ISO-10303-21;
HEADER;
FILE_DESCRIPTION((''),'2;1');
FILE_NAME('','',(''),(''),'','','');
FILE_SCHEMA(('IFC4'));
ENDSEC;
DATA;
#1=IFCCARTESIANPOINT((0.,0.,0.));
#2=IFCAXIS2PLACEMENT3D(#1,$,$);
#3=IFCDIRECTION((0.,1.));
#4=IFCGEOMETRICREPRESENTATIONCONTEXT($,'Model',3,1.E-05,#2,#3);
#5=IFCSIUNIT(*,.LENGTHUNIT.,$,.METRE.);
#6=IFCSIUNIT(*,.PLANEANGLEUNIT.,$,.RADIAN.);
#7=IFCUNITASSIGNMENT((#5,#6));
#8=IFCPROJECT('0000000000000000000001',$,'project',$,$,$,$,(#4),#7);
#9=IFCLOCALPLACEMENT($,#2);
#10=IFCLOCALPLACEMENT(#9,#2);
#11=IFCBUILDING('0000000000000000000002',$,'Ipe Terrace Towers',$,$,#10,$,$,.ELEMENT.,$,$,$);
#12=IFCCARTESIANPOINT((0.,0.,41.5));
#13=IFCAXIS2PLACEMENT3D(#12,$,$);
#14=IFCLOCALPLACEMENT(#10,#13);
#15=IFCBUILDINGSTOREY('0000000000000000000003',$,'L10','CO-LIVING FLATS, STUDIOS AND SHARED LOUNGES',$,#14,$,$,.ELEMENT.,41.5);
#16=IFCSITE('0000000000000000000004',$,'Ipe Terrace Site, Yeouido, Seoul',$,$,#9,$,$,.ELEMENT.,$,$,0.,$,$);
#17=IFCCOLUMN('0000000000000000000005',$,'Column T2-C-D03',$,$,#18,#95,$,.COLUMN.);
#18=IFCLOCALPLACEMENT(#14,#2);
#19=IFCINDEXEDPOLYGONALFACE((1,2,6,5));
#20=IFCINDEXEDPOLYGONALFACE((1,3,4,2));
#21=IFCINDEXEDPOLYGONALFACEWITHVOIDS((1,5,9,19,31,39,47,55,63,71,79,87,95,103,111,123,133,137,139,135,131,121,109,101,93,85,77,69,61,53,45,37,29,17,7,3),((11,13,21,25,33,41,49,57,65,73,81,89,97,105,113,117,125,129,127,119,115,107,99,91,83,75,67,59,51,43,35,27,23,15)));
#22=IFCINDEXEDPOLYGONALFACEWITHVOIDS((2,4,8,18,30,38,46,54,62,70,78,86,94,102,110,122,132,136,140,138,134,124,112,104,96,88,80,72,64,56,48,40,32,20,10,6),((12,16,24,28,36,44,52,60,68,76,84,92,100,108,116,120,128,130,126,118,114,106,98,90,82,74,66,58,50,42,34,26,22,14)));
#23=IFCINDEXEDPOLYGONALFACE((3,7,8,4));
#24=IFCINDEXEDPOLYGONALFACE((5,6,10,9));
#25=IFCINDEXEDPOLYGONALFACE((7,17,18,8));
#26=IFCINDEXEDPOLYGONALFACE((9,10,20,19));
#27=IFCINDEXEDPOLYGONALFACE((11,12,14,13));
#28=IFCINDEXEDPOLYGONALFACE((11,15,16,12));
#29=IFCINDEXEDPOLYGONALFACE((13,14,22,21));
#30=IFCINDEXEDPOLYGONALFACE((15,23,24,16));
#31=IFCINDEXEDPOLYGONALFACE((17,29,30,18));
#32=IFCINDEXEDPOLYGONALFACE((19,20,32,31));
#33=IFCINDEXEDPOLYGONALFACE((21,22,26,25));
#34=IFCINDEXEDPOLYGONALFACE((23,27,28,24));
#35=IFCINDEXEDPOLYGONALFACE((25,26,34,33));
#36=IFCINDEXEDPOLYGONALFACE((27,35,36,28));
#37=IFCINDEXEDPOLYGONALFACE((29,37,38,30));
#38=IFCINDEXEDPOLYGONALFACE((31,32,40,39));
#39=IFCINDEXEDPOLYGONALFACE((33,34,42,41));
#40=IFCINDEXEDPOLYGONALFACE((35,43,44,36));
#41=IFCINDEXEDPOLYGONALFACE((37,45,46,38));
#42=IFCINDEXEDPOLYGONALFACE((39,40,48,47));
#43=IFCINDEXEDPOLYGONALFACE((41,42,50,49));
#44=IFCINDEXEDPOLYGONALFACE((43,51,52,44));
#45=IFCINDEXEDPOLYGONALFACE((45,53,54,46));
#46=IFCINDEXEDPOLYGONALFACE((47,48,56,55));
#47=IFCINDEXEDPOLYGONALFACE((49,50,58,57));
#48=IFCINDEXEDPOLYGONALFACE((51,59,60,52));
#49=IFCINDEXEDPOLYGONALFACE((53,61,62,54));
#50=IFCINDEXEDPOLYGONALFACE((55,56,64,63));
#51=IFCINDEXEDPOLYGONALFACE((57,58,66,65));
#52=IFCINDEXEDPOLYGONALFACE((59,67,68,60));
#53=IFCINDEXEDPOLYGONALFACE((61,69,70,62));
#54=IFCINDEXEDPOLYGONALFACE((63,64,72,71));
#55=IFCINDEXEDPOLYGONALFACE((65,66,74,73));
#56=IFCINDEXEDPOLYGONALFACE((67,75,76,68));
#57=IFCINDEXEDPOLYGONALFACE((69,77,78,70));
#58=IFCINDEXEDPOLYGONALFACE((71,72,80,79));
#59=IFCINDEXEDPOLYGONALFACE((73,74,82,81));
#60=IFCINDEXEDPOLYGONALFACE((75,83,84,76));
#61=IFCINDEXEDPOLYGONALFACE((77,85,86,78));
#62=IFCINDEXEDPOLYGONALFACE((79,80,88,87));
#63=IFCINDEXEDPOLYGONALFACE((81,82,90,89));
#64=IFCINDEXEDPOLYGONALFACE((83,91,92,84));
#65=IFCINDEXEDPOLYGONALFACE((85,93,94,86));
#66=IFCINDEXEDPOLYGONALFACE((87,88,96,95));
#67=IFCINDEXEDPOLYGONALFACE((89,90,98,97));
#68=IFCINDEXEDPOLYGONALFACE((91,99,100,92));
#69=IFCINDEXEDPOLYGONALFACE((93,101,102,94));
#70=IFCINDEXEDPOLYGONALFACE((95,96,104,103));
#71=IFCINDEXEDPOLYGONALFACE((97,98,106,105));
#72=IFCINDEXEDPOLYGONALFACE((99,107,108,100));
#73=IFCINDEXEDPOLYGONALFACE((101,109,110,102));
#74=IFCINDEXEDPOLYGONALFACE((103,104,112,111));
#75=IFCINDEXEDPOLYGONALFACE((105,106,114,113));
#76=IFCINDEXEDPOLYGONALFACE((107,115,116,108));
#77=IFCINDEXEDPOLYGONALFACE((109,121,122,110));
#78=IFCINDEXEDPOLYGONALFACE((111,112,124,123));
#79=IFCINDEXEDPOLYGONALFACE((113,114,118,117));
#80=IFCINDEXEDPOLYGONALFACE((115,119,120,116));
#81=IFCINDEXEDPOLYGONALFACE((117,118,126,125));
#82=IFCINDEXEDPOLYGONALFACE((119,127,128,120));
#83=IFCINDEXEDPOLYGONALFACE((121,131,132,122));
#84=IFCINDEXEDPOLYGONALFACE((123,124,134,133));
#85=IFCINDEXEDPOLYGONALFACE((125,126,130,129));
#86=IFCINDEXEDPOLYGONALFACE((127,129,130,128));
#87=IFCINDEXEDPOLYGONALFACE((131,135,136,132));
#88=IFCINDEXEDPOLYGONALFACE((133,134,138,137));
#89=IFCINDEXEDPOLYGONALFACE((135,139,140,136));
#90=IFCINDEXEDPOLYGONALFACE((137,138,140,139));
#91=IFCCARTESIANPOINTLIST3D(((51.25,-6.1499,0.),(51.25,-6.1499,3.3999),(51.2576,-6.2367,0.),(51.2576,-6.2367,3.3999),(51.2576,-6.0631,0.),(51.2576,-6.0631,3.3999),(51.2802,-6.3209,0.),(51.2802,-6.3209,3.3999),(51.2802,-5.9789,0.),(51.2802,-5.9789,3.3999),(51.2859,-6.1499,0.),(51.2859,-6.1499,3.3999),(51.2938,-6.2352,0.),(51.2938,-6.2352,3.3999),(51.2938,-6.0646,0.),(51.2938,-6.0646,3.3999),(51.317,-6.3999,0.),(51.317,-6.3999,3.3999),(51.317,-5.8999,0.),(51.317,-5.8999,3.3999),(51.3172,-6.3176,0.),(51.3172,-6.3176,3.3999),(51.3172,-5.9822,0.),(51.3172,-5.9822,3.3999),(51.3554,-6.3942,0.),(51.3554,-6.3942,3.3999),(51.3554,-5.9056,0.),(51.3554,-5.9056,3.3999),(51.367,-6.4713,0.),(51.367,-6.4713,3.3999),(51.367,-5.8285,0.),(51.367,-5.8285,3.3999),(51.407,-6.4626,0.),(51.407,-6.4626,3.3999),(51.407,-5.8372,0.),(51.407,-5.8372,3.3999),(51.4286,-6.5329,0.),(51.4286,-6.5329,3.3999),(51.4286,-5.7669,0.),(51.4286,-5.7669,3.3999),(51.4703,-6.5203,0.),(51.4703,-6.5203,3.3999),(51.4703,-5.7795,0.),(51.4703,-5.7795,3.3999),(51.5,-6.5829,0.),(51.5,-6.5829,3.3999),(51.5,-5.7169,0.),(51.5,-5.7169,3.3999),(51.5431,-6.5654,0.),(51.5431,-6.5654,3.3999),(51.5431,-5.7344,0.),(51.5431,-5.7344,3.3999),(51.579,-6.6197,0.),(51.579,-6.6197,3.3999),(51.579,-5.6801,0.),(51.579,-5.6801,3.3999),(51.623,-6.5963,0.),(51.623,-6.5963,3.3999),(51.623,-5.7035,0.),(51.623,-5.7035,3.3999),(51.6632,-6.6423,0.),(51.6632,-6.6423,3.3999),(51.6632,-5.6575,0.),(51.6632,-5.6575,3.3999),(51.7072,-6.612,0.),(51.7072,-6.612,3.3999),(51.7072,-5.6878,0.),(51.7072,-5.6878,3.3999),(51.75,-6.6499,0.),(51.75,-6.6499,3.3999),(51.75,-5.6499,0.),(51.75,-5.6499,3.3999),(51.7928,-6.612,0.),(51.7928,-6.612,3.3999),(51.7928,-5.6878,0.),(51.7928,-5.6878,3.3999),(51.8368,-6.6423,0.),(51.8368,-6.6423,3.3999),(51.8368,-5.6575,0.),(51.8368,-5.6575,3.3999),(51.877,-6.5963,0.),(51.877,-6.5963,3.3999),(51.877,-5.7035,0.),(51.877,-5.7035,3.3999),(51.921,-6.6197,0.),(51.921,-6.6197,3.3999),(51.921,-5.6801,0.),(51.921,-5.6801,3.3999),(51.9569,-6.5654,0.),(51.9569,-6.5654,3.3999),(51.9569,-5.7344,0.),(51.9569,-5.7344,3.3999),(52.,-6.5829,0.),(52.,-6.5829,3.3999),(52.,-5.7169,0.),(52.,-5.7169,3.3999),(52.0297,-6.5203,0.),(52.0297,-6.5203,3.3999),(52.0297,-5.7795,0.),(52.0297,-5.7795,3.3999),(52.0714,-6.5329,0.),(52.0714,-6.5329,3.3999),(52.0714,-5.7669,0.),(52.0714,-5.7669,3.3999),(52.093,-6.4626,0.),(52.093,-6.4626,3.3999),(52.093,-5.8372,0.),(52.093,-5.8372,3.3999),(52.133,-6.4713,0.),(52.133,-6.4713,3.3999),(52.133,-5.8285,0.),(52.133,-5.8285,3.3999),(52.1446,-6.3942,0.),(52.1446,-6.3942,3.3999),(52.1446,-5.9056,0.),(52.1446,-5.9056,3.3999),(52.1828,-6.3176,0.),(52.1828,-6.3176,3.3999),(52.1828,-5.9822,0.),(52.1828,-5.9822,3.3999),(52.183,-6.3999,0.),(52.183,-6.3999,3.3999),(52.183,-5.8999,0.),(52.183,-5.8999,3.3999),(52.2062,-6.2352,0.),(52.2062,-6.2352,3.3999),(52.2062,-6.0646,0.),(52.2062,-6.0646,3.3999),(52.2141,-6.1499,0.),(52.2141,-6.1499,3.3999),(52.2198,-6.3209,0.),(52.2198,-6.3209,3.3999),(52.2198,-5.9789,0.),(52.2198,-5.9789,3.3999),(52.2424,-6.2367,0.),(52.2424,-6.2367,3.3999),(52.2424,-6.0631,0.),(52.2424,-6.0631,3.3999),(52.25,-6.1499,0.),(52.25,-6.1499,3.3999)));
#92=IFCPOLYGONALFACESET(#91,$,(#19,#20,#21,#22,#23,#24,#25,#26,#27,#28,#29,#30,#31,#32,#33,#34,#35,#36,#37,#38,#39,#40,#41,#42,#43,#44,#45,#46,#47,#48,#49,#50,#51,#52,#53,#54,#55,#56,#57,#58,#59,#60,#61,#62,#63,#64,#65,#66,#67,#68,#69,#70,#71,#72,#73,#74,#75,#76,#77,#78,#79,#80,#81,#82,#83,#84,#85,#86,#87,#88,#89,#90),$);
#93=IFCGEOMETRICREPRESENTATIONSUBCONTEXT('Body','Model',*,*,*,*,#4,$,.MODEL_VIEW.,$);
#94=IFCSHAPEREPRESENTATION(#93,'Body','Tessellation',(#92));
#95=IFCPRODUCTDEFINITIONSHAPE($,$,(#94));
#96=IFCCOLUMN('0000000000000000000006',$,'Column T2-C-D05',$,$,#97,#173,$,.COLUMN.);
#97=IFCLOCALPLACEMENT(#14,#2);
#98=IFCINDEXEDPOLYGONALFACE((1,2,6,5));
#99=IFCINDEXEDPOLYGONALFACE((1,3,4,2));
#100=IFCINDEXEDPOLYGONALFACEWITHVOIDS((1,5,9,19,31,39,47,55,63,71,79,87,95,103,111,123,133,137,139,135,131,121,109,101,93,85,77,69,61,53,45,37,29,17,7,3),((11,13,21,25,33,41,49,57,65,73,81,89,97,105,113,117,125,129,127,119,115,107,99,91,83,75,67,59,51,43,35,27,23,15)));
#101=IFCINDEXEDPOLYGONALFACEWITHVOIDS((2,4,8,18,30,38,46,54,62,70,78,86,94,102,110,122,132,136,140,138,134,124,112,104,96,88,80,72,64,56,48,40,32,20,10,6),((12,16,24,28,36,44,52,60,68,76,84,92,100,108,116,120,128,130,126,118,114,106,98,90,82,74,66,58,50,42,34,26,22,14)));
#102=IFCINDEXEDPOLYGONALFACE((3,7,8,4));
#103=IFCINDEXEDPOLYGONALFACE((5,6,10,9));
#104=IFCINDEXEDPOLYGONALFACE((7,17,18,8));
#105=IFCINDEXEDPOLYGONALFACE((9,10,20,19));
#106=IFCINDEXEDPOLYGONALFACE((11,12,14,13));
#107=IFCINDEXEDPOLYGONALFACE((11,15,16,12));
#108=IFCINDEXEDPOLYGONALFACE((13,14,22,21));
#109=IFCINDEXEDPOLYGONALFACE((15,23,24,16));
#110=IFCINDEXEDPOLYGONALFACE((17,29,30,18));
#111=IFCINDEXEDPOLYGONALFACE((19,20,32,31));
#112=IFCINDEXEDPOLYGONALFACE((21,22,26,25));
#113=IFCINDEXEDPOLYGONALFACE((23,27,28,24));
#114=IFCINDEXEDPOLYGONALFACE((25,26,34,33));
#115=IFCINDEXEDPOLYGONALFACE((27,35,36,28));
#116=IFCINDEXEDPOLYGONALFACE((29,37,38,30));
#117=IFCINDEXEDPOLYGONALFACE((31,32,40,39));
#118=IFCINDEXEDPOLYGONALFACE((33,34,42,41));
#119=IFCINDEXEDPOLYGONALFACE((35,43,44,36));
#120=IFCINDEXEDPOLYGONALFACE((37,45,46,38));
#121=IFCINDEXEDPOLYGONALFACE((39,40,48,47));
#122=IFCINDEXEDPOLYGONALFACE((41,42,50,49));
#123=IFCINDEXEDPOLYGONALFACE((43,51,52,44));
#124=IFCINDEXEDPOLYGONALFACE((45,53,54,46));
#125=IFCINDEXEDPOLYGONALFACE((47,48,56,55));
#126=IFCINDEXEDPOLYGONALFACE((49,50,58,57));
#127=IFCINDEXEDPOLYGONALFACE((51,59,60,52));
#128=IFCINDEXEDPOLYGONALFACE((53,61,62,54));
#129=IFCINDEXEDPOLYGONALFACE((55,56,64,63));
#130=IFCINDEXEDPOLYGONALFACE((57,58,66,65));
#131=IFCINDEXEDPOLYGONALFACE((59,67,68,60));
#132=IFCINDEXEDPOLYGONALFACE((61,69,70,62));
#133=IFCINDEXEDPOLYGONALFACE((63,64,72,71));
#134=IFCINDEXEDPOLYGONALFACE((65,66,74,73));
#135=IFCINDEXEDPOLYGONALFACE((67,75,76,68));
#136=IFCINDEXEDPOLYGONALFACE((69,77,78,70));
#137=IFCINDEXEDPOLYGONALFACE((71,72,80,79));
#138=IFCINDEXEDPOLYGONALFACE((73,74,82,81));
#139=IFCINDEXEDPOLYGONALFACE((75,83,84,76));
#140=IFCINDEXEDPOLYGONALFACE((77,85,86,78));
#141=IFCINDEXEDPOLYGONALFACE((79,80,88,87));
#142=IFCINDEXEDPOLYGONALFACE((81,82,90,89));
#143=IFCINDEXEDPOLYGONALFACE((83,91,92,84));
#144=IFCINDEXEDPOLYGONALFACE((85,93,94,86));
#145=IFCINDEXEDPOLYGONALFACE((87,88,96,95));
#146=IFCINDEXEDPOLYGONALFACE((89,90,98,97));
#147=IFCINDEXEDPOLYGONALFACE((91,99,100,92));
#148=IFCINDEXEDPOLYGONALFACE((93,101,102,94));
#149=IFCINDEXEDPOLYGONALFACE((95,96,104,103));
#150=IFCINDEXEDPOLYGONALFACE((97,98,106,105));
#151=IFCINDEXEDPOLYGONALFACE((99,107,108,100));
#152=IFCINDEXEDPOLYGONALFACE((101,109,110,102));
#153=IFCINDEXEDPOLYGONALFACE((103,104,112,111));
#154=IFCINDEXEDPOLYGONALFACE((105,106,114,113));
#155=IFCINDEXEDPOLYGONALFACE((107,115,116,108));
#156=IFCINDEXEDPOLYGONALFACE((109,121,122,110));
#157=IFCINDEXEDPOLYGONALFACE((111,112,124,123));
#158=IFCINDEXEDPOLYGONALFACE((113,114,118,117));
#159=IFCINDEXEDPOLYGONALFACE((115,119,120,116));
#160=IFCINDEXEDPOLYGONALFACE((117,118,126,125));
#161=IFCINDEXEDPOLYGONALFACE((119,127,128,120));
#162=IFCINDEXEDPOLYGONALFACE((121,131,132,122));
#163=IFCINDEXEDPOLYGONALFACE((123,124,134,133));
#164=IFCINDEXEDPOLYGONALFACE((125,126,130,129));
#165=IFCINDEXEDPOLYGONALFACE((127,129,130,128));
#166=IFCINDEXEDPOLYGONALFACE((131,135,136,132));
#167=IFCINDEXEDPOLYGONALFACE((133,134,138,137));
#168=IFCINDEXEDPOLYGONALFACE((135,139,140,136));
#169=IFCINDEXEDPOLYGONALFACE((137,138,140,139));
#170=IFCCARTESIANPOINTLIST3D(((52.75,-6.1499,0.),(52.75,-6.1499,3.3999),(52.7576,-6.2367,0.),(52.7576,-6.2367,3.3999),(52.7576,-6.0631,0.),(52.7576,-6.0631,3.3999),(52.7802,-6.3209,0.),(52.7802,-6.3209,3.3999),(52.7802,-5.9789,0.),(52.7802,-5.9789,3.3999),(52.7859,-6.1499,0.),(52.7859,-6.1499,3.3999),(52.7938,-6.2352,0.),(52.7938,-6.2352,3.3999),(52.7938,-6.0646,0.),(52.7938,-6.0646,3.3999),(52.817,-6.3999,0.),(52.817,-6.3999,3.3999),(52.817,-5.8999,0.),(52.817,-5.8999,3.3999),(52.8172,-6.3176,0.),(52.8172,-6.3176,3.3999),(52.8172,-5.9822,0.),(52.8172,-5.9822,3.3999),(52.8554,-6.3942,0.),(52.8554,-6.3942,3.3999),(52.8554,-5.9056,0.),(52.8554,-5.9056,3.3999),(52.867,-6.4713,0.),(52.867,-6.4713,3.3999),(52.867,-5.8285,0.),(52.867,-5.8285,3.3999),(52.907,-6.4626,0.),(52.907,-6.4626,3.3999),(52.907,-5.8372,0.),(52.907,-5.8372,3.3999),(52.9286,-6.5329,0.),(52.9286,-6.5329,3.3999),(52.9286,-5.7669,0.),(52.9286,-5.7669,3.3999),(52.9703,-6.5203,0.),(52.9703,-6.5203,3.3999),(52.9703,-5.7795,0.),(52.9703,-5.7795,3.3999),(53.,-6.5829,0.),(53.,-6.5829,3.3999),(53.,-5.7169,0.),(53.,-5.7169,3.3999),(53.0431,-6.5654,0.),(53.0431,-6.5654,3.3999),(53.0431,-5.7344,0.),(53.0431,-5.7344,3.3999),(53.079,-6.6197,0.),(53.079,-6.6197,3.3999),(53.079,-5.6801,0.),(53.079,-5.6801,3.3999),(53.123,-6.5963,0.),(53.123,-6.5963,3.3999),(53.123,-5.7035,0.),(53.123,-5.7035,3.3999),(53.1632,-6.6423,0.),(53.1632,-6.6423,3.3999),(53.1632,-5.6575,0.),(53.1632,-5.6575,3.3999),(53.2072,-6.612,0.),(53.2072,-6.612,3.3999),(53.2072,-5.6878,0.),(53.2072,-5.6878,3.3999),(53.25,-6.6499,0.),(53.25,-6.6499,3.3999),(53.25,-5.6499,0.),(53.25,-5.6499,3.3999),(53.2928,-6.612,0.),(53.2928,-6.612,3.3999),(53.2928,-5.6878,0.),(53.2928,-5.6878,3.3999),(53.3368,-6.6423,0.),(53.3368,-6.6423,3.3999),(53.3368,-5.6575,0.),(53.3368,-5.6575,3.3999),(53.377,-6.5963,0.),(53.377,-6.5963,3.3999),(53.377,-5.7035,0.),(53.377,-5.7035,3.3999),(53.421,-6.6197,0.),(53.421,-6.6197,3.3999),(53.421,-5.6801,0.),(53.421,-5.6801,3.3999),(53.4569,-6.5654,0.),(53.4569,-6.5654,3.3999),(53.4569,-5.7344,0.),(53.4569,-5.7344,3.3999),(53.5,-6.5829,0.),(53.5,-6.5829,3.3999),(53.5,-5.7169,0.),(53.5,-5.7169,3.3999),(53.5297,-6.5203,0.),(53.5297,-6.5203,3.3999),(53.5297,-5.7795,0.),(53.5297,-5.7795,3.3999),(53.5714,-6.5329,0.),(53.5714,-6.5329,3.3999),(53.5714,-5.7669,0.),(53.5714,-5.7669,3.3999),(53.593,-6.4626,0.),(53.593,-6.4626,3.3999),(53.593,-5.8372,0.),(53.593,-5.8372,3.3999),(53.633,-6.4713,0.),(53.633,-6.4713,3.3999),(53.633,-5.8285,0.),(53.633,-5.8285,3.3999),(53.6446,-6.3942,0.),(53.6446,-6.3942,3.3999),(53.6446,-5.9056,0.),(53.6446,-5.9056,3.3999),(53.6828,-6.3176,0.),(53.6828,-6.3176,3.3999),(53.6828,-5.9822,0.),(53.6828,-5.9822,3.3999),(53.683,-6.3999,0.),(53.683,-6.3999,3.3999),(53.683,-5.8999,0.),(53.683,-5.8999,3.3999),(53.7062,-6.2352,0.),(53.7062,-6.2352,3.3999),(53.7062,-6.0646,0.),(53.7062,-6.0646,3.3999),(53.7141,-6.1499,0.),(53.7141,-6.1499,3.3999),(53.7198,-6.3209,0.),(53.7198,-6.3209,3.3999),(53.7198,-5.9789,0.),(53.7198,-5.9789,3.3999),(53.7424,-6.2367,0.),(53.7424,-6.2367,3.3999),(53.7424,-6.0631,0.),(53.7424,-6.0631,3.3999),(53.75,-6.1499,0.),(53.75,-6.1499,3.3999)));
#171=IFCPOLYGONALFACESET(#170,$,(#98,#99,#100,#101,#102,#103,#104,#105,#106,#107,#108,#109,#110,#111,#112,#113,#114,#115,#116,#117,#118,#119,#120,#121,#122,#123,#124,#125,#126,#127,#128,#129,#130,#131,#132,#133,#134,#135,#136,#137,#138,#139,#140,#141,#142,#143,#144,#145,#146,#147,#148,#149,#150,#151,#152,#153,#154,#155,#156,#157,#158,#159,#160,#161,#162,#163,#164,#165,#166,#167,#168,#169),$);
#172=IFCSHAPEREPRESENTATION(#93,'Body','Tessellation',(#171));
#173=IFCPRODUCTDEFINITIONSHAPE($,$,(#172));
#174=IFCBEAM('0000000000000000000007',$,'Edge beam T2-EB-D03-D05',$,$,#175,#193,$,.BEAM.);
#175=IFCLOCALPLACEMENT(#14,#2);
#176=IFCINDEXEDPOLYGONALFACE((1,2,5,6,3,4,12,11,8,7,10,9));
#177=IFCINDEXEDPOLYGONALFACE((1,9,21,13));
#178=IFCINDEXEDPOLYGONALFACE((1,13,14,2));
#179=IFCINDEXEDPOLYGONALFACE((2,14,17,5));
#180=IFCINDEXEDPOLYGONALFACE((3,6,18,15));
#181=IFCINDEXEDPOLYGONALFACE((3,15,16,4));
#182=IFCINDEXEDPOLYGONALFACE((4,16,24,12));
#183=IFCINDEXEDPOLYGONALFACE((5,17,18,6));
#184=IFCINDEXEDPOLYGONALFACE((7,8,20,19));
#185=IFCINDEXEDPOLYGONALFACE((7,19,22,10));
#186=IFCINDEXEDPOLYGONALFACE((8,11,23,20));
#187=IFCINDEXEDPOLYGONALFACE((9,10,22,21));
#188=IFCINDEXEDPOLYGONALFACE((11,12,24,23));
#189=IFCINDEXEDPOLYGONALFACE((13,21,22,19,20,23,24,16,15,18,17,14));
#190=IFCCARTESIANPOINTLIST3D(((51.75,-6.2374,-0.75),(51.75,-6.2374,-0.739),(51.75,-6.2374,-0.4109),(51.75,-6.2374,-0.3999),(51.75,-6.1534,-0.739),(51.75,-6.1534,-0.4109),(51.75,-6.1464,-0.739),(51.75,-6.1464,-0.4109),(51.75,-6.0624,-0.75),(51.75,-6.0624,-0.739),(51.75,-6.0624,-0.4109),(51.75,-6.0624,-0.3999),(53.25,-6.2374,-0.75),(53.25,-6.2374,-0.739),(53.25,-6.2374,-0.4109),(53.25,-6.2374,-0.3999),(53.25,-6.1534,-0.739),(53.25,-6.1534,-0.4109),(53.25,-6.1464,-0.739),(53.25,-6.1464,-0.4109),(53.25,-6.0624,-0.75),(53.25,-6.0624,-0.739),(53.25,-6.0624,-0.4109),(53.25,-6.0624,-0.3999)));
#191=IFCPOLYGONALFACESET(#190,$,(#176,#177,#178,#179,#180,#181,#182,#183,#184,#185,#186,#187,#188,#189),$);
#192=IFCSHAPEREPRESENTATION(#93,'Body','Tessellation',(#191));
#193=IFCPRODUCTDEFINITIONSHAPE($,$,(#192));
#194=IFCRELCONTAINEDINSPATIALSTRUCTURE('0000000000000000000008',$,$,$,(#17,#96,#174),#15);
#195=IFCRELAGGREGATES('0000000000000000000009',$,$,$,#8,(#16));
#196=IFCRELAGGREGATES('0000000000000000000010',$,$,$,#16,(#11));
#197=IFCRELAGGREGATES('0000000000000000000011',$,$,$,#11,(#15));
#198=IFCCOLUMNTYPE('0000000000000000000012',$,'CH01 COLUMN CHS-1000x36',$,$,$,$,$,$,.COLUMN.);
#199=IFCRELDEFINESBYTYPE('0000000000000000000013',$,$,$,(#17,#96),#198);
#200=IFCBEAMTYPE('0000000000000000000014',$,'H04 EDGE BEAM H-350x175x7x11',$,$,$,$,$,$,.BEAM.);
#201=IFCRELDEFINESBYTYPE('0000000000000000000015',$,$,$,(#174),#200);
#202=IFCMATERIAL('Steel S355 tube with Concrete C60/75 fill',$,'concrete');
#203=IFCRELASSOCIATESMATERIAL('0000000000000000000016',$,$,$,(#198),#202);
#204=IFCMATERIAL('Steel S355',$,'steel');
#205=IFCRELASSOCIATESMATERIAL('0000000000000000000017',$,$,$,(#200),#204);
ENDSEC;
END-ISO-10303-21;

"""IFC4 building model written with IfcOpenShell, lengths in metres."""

from ifc_helpers import new_model, si_unit, direction, frame, origin, origin_2d, place, context, subcontext, project, spatial, hollow_circle, i_section, extrude, material, material_profile, profile_set, type_object, element, save


model = new_model("IFC4")

# Units and contexts
model_context = context("Model", 3, precision=1e-05, world=origin(), true_north=direction((0.0, 1.0)))
body_context = subcontext(model_context, "Body", "Model", "MODEL_VIEW")
ifc_project = project(units=[si_unit("LENGTHUNIT", "METRE"), si_unit("PLANEANGLEUNIT", "RADIAN")], contexts=[model_context])

# Site, building, storey
site_placement = place(None, origin())
site = spatial("IfcSite", under=ifc_project, at=site_placement, Name="Ipe Terrace Site, Yeouido, Seoul", CompositionType="ELEMENT", RefElevation=0.0)
building_placement = place(site_placement, origin())
building = spatial("IfcBuilding", under=site, at=building_placement, Name="Ipe Terrace Towers", CompositionType="ELEMENT")
storey_placement = place(building_placement, frame((0.0, 0.0, 41.5)))
storey = spatial("IfcBuildingStorey", under=building, at=storey_placement, Name="L10", Description="CO-LIVING FLATS, STUDIOS AND SHARED LOUNGES", CompositionType="ELEMENT", Elevation=41.5)

# Columns
ifc_material_1 = material(Name="Steel S355 tube with Concrete C60/75 fill", Category="concrete")
ifc_material_profile_1 = material_profile(ifc_material_1, hollow_circle(Radius=0.5, WallThickness=0.0359, at=origin_2d()), Name="CHS-1000x36")
ifc_profile_set_1 = profile_set([ifc_material_profile_1], Name="Steel S355 tube with Concrete C60/75 fill")
column_type = type_object("IfcColumnType", Name="CH01 COLUMN CHS-1000x36", PredefinedType="COLUMN", material=ifc_profile_set_1)
for number, where, z_axis, x_axis, name in (
    (1, (51.75, -6.1499, 0.0), (0.0, 0.0, 1.0), (1.0, 0.0, 0.0), "Column T2-C-D03"),
    (2, (53.25, -6.1499, 0.0), (0.0, 0.0, 1.0), (1.0, 0.0, 0.0), "Column T2-C-D05"),
):
    element("IfcColumn", number, at=place(storey_placement, frame(where, z_axis=z_axis, x_axis=x_axis)), inside=storey, type_object=column_type, Name=name, PredefinedType="COLUMN", context=body_context, shape_type="SweptSolid", body=[
        extrude(hollow_circle(Radius=0.5, WallThickness=0.0359, at=origin_2d()), origin(), (0.0, 0.0, 1.0), 3.3999),
    ])

# Beam
ifc_material_2 = material(Name="Steel S355", Category="steel")
ifc_material_profile_2 = material_profile(ifc_material_2, i_section(OverallWidth=0.175, OverallDepth=0.3501, WebThickness=0.0071, FlangeThickness=0.011, at=origin_2d()), Name="H-350x175x7x11")
ifc_profile_set_2 = profile_set([ifc_material_profile_2], Name="Steel S355")
beam_type = type_object("IfcBeamType", Name="H04 EDGE BEAM H-350x175x7x11", PredefinedType="BEAM", material=ifc_profile_set_2)
beam_placement = place(storey_placement, frame((51.75, -6.1499, -0.575), z_axis=(1.0, 0.0, 0.0), x_axis=(0.0, 1.0, 0.0)))
element("IfcBeam", 3, at=beam_placement, inside=storey, type_object=beam_type, Name="Edge beam T2-EB-D03-D05", PredefinedType="BEAM", context=body_context, shape_type="SweptSolid", body=[
    extrude(i_section(OverallWidth=0.175, OverallDepth=0.3501, WebThickness=0.0071, FlangeThickness=0.011, at=origin_2d()), origin(), (0.0, 0.0, 1.0), 1.5),
])

save(model, "model.ifc")
